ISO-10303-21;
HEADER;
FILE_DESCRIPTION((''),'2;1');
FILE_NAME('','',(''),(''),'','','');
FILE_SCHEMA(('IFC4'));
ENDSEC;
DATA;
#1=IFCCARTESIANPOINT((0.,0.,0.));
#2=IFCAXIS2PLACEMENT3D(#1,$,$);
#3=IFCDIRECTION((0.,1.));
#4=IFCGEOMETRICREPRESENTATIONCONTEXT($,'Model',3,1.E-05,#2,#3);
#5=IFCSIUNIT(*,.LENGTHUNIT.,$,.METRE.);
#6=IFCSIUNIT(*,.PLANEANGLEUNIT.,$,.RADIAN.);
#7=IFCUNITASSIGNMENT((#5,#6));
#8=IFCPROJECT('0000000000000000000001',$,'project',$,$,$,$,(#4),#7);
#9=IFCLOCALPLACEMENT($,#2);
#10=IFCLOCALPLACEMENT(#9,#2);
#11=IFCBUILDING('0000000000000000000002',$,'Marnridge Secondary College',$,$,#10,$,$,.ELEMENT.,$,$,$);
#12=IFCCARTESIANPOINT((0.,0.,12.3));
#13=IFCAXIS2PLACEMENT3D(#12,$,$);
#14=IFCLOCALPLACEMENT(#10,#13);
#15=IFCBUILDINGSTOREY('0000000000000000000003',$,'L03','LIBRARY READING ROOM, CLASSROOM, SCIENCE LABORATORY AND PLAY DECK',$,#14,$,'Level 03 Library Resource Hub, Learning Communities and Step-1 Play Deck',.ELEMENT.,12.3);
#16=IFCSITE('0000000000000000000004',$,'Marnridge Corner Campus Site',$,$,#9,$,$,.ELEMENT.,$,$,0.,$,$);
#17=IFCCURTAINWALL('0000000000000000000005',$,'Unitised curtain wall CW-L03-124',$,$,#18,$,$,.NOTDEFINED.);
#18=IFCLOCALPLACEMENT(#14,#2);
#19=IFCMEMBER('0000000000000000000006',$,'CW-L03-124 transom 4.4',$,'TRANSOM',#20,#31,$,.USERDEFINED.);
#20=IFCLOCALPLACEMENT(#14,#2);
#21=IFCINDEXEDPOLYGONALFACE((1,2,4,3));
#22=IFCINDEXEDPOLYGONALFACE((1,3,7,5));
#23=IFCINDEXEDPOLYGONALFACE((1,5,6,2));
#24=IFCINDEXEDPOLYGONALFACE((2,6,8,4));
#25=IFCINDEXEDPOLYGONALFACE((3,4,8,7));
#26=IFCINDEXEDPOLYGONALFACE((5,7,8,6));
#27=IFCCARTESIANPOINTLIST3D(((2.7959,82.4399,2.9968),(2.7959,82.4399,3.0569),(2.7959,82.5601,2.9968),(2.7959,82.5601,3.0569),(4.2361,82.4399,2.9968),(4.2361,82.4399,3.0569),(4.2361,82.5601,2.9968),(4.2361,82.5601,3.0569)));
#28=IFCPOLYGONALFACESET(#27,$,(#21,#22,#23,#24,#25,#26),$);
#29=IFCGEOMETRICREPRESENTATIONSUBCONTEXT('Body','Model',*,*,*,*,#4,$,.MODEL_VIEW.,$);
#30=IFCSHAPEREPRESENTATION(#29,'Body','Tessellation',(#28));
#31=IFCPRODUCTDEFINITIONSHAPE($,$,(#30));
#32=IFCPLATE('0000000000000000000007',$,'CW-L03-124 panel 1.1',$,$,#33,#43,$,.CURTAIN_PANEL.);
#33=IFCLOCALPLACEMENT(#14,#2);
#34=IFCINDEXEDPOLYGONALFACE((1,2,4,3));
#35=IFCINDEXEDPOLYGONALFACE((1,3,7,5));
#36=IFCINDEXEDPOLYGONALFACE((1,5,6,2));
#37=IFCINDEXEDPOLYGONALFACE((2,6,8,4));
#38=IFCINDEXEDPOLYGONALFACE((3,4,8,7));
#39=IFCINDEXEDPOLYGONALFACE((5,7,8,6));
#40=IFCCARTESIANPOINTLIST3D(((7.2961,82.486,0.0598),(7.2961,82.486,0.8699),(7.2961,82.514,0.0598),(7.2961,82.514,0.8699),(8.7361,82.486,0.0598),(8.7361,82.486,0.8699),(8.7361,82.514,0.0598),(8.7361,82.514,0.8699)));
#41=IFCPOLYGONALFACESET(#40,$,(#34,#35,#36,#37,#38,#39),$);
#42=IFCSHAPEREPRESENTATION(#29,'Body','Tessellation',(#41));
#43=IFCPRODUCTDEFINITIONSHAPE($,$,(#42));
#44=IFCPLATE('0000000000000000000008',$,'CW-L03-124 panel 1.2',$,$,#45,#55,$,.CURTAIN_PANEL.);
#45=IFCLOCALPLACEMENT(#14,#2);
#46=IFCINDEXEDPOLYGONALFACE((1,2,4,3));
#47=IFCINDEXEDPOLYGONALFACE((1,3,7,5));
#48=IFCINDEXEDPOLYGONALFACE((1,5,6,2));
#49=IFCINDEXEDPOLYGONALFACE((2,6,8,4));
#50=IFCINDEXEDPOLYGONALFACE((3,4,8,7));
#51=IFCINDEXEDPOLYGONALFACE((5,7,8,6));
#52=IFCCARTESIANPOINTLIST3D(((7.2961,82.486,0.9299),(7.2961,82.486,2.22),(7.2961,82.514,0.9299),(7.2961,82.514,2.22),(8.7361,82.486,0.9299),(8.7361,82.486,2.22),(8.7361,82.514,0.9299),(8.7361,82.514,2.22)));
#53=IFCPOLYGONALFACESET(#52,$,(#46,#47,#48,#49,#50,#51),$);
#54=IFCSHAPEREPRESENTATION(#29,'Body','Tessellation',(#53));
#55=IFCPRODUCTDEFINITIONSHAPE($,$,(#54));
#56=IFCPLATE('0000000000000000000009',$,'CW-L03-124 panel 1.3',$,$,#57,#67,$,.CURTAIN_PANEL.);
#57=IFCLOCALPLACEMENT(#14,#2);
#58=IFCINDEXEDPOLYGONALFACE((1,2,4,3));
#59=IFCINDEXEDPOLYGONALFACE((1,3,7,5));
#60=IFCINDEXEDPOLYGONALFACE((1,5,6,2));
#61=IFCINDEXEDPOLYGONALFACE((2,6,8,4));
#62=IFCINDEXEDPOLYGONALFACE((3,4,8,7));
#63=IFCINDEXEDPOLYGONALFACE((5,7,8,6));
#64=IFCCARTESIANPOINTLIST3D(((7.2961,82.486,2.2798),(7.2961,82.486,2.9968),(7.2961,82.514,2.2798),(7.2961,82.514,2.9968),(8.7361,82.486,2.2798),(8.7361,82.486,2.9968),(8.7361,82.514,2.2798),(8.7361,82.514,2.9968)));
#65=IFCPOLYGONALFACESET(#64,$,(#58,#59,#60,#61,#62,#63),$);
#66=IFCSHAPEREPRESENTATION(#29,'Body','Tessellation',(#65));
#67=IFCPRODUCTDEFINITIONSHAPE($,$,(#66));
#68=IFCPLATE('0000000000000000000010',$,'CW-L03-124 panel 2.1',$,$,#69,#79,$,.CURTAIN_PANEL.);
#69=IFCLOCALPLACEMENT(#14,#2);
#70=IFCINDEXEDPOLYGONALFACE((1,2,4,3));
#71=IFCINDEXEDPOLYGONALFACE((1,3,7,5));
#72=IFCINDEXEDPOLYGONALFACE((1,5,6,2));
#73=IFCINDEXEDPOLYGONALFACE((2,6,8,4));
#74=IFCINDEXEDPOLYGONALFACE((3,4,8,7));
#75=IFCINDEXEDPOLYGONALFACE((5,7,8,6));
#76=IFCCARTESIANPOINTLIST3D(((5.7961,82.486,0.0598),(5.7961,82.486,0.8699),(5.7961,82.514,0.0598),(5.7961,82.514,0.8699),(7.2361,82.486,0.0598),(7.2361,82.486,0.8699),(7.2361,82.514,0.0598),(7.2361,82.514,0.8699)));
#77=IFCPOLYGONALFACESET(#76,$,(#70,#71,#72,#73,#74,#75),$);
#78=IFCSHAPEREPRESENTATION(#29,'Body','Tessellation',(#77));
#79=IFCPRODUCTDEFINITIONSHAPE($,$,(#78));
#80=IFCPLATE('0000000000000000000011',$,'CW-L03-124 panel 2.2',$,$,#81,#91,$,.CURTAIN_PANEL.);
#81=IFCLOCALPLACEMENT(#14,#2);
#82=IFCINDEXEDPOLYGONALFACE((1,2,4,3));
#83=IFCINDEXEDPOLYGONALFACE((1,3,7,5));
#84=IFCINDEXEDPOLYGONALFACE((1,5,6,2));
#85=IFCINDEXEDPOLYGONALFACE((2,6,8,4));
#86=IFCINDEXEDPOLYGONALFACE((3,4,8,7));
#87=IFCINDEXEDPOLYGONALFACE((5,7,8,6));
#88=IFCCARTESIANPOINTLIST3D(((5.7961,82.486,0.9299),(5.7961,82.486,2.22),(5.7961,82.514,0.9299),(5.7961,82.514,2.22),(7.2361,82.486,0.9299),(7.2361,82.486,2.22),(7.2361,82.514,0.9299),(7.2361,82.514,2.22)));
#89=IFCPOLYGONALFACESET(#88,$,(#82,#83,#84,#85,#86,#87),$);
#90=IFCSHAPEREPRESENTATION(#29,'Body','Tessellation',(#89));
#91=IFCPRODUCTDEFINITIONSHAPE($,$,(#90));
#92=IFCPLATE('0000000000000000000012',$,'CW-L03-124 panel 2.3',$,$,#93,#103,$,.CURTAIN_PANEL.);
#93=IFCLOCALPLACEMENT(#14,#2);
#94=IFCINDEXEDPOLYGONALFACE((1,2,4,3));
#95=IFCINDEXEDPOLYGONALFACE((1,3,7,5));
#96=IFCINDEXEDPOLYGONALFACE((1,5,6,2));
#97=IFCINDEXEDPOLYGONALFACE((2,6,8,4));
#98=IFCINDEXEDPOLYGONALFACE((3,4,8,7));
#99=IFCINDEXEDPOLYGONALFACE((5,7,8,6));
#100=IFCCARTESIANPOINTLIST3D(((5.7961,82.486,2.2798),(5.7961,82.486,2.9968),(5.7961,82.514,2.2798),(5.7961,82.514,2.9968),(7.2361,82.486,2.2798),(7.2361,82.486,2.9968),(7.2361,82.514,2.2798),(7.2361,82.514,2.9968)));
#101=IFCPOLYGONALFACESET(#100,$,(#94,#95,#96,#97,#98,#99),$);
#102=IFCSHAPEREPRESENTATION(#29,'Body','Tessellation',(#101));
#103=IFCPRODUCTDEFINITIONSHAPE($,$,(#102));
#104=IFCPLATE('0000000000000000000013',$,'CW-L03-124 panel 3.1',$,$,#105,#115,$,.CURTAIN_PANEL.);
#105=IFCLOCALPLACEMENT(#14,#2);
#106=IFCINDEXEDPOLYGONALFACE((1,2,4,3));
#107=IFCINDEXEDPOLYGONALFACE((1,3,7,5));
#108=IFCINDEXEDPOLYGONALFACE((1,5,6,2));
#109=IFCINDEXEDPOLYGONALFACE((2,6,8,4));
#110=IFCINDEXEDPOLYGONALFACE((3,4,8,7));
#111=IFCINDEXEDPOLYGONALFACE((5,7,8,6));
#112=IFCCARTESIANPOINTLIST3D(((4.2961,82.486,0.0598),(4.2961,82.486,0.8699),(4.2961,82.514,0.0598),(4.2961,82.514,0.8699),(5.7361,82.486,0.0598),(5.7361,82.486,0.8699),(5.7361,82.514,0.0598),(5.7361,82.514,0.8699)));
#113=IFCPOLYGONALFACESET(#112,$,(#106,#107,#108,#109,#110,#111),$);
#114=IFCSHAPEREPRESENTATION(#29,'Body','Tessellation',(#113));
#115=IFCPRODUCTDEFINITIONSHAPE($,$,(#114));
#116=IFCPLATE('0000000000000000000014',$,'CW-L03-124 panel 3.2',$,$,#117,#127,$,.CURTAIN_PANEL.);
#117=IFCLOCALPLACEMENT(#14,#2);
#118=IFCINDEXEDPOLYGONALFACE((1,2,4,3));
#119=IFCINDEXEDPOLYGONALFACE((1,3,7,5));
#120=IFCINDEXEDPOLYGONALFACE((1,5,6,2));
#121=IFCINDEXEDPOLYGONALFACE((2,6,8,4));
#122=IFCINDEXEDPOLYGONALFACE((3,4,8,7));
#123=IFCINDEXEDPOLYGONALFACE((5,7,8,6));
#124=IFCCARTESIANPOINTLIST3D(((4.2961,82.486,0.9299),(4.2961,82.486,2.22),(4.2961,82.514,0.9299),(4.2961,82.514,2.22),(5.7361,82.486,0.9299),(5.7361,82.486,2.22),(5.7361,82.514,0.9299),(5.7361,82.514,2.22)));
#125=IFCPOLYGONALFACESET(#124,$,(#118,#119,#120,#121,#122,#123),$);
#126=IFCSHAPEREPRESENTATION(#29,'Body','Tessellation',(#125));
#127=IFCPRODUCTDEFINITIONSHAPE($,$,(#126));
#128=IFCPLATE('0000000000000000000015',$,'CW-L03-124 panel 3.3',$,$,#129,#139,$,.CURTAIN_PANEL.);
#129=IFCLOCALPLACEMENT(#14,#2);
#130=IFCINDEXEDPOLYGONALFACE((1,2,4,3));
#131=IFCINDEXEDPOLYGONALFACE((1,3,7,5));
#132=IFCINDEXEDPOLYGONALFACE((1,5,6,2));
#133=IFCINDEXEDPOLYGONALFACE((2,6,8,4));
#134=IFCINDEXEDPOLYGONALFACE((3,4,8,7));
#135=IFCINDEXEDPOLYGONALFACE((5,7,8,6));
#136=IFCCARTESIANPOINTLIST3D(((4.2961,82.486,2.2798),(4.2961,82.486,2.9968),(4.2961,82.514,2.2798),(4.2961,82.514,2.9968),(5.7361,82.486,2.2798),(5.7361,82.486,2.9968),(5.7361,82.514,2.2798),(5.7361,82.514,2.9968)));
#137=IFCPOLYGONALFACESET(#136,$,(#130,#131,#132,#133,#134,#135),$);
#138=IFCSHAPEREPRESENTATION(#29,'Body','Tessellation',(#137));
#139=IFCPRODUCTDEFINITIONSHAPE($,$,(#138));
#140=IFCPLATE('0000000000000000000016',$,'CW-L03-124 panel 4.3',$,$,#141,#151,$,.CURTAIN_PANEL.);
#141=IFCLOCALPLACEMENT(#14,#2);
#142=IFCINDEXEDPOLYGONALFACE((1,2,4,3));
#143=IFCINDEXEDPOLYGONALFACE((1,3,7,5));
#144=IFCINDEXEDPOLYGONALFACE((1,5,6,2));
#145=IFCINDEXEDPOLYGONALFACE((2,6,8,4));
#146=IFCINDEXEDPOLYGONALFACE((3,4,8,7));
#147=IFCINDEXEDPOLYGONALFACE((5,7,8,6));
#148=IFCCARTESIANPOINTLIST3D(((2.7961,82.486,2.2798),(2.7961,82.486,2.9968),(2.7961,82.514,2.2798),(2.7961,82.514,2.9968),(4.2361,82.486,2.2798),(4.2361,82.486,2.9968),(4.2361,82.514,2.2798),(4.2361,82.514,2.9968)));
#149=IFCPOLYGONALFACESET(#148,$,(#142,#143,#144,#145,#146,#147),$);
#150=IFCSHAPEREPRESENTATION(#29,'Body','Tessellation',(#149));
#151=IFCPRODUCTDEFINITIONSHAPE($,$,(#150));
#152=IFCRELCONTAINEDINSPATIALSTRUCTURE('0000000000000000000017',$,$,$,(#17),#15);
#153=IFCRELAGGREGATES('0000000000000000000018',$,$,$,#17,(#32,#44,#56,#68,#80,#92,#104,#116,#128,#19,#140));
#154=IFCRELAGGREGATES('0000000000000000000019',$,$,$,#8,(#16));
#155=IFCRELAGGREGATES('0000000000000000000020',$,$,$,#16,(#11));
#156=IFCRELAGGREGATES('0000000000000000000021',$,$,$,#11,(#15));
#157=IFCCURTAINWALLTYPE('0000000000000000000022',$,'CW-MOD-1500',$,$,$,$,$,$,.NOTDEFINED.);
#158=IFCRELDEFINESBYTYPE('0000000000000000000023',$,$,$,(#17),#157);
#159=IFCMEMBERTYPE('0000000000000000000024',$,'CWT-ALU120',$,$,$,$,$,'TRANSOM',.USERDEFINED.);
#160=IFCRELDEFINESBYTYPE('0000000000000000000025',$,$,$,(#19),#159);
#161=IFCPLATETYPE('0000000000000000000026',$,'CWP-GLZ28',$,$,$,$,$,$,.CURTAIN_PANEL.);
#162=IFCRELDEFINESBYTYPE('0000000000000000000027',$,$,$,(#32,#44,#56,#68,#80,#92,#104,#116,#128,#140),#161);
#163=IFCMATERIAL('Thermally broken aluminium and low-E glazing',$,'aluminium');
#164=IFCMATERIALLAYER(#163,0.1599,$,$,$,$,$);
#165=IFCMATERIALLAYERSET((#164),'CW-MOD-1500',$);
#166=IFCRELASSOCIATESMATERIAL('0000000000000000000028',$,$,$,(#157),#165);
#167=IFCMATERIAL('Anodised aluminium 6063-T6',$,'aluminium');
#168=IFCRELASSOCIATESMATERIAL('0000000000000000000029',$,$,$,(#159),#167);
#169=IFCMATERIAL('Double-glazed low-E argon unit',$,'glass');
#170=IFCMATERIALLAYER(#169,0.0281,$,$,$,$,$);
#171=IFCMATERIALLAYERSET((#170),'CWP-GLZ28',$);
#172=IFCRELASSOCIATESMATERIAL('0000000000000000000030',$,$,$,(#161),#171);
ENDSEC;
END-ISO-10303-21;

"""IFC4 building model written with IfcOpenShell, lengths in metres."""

from ifc_helpers import new_model, si_unit, direction, frame, origin, origin_2d, place, context, subcontext, project, spatial, rectangle, extrude, material, layer, layer_set, material_profile, profile_set, type_object, element, aggregate, save


model = new_model("IFC4")

# Units and contexts
model_context = context("Model", 3, precision=1e-05, world=origin(), true_north=direction((0.0, 1.0)))
body_context = subcontext(model_context, "Body", "Model", "MODEL_VIEW")
ifc_project = project(units=[si_unit("LENGTHUNIT", "METRE"), si_unit("PLANEANGLEUNIT", "RADIAN")], contexts=[model_context])

# Site, building, storey
site_placement = place(None, origin())
site = spatial("IfcSite", under=ifc_project, at=site_placement, Name="Marnridge Corner Campus Site", CompositionType="ELEMENT", RefElevation=0.0)
building_placement = place(site_placement, origin())
building = spatial("IfcBuilding", under=site, at=building_placement, Name="Marnridge Secondary College", CompositionType="ELEMENT")
storey_placement = place(building_placement, frame((0.0, 0.0, 12.3)))
storey = spatial("IfcBuildingStorey", under=building, at=storey_placement, Name="L03", Description="LIBRARY READING ROOM, CLASSROOM, SCIENCE LABORATORY AND PLAY DECK", LongName="Level 03 Library Resource Hub, Learning Communities and Step-1 Play Deck", CompositionType="ELEMENT", Elevation=12.3)

# Curtain wall, member, plates
ifc_material_1 = material(Name="Thermally broken aluminium and low-E glazing", Category="aluminium")
ifc_layer_1 = layer(ifc_material_1, 0.1599)
ifc_layer_set_1 = layer_set([ifc_layer_1], Name="CW-MOD-1500")
curtain_wall_type = type_object("IfcCurtainWallType", Name="CW-MOD-1500", PredefinedType="NOTDEFINED", material=ifc_layer_set_1)
curtain_wall_placement = place(storey_placement, origin())
curtain_wall = element("IfcCurtainWall", 1, at=curtain_wall_placement, inside=storey, type_object=curtain_wall_type, Name="Unitised curtain wall CW-L03-124", PredefinedType="NOTDEFINED")
ifc_material_2 = material(Name="Anodised aluminium 6063-T6", Category="aluminium")
ifc_material_profile_1 = material_profile(ifc_material_2, rectangle(XDim=0.0601, YDim=0.1201, at=origin_2d()), Name="ALU 60x120")
ifc_profile_set_1 = profile_set([ifc_material_profile_1], Name="Anodised aluminium 6063-T6")
member_type_1 = type_object("IfcMemberType", Name="CWT-ALU120", ElementType="TRANSOM", PredefinedType="USERDEFINED", material=ifc_profile_set_1)
member_1_placement = place(storey_placement, frame((4.2361, 82.5, 3.0269), z_axis=(-1.0, 0.0, 0.0), x_axis=(0.0, 0.0, 1.0)))
member_1 = element("IfcMember", 2, at=member_1_placement, type_object=member_type_1, Name="CW-L03-124 transom 4.4", ObjectType="TRANSOM", PredefinedType="USERDEFINED", context=body_context, shape_type="SweptSolid", body=[
    extrude(rectangle(XDim=0.0601, YDim=0.1201, at=origin_2d()), origin(), (0.0, 0.0, 1.0), 1.4402),
])
ifc_material_3 = material(Name="Double-glazed low-E argon unit", Category="glass")
ifc_layer_2 = layer(ifc_material_3, 0.0281)
ifc_layer_set_2 = layer_set([ifc_layer_2], Name="CWP-GLZ28")
plate_type = type_object("IfcPlateType", Name="CWP-GLZ28", PredefinedType="CURTAIN_PANEL", material=ifc_layer_set_2)
plate_1_placement = place(storey_placement, frame((8.0161, 82.5, 0.0598), z_axis=(0.0, 0.0, 1.0), x_axis=(-1.0, 0.0, 0.0)))
plate_1 = element("IfcPlate", 3, at=plate_1_placement, type_object=plate_type, Name="CW-L03-124 panel 1.1", PredefinedType="CURTAIN_PANEL", context=body_context, shape_type="SweptSolid", body=[
    extrude(rectangle(XDim=1.4399, YDim=0.0281, at=origin_2d()), origin(), (0.0, 0.0, 1.0), 0.8101),
])
plate_2_placement = place(storey_placement, frame((8.0161, 82.5, 0.9299), z_axis=(0.0, 0.0, 1.0), x_axis=(-1.0, 0.0, 0.0)))
plate_2 = element("IfcPlate", 4, at=plate_2_placement, type_object=plate_type, Name="CW-L03-124 panel 1.2", PredefinedType="CURTAIN_PANEL", context=body_context, shape_type="SweptSolid", body=[
    extrude(rectangle(XDim=1.4399, YDim=0.0281, at=origin_2d()), origin(), (0.0, 0.0, 1.0), 1.29),
])
plate_3_placement = place(storey_placement, frame((8.0161, 82.5, 2.2798), z_axis=(0.0, 0.0, 1.0), x_axis=(-1.0, 0.0, 0.0)))
plate_3 = element("IfcPlate", 5, at=plate_3_placement, type_object=plate_type, Name="CW-L03-124 panel 1.3", PredefinedType="CURTAIN_PANEL", context=body_context, shape_type="SweptSolid", body=[
    extrude(rectangle(XDim=1.4399, YDim=0.0281, at=origin_2d()), origin(), (0.0, 0.0, 1.0), 0.717),
])
plate_4_placement = place(storey_placement, frame((6.5161, 82.5, 0.0598), z_axis=(0.0, 0.0, 1.0), x_axis=(-1.0, 0.0, 0.0)))
plate_4 = element("IfcPlate", 6, at=plate_4_placement, type_object=plate_type, Name="CW-L03-124 panel 2.1", PredefinedType="CURTAIN_PANEL", context=body_context, shape_type="SweptSolid", body=[
    extrude(rectangle(XDim=1.4399, YDim=0.0281, at=origin_2d()), origin(), (0.0, 0.0, 1.0), 0.8101),
])
plate_5_placement = place(storey_placement, frame((6.5161, 82.5, 0.9299), z_axis=(0.0, 0.0, 1.0), x_axis=(-1.0, 0.0, 0.0)))
plate_5 = element("IfcPlate", 7, at=plate_5_placement, type_object=plate_type, Name="CW-L03-124 panel 2.2", PredefinedType="CURTAIN_PANEL", context=body_context, shape_type="SweptSolid", body=[
    extrude(rectangle(XDim=1.4399, YDim=0.0281, at=origin_2d()), origin(), (0.0, 0.0, 1.0), 1.29),
])
plate_6_placement = place(storey_placement, frame((6.5161, 82.5, 2.2798), z_axis=(0.0, 0.0, 1.0), x_axis=(-1.0, 0.0, 0.0)))
plate_6 = element("IfcPlate", 8, at=plate_6_placement, type_object=plate_type, Name="CW-L03-124 panel 2.3", PredefinedType="CURTAIN_PANEL", context=body_context, shape_type="SweptSolid", body=[
    extrude(rectangle(XDim=1.4399, YDim=0.0281, at=origin_2d()), origin(), (0.0, 0.0, 1.0), 0.717),
])
plate_7_placement = place(storey_placement, frame((5.0161, 82.5, 0.0598), z_axis=(0.0, 0.0, 1.0), x_axis=(-1.0, 0.0, 0.0)))
plate_7 = element("IfcPlate", 9, at=plate_7_placement, type_object=plate_type, Name="CW-L03-124 panel 3.1", PredefinedType="CURTAIN_PANEL", context=body_context, shape_type="SweptSolid", body=[
    extrude(rectangle(XDim=1.4399, YDim=0.0281, at=origin_2d()), origin(), (0.0, 0.0, 1.0), 0.8101),
])
plate_8_placement = place(storey_placement, frame((5.0161, 82.5, 0.9299), z_axis=(0.0, 0.0, 1.0), x_axis=(-1.0, 0.0, 0.0)))
plate_8 = element("IfcPlate", 10, at=plate_8_placement, type_object=plate_type, Name="CW-L03-124 panel 3.2", PredefinedType="CURTAIN_PANEL", context=body_context, shape_type="SweptSolid", body=[
    extrude(rectangle(XDim=1.4399, YDim=0.0281, at=origin_2d()), origin(), (0.0, 0.0, 1.0), 1.29),
])
plate_9_placement = place(storey_placement, frame((5.0161, 82.5, 2.2798), z_axis=(0.0, 0.0, 1.0), x_axis=(-1.0, 0.0, 0.0)))
plate_9 = element("IfcPlate", 11, at=plate_9_placement, type_object=plate_type, Name="CW-L03-124 panel 3.3", PredefinedType="CURTAIN_PANEL", context=body_context, shape_type="SweptSolid", body=[
    extrude(rectangle(XDim=1.4399, YDim=0.0281, at=origin_2d()), origin(), (0.0, 0.0, 1.0), 0.717),
])
plate_10_placement = place(storey_placement, frame((3.5161, 82.5, 2.2798), z_axis=(0.0, 0.0, 1.0), x_axis=(-1.0, 0.0, 0.0)))
plate_10 = element("IfcPlate", 12, at=plate_10_placement, type_object=plate_type, Name="CW-L03-124 panel 4.3", PredefinedType="CURTAIN_PANEL", context=body_context, shape_type="SweptSolid", body=[
    extrude(rectangle(XDim=1.4399, YDim=0.0281, at=origin_2d()), origin(), (0.0, 0.0, 1.0), 0.717),
])
aggregate(curtain_wall, [plate_1, plate_2, plate_3, plate_4, plate_5, plate_6, plate_7, plate_8, plate_9, member_1, plate_10])

save(model, "model.ifc")
